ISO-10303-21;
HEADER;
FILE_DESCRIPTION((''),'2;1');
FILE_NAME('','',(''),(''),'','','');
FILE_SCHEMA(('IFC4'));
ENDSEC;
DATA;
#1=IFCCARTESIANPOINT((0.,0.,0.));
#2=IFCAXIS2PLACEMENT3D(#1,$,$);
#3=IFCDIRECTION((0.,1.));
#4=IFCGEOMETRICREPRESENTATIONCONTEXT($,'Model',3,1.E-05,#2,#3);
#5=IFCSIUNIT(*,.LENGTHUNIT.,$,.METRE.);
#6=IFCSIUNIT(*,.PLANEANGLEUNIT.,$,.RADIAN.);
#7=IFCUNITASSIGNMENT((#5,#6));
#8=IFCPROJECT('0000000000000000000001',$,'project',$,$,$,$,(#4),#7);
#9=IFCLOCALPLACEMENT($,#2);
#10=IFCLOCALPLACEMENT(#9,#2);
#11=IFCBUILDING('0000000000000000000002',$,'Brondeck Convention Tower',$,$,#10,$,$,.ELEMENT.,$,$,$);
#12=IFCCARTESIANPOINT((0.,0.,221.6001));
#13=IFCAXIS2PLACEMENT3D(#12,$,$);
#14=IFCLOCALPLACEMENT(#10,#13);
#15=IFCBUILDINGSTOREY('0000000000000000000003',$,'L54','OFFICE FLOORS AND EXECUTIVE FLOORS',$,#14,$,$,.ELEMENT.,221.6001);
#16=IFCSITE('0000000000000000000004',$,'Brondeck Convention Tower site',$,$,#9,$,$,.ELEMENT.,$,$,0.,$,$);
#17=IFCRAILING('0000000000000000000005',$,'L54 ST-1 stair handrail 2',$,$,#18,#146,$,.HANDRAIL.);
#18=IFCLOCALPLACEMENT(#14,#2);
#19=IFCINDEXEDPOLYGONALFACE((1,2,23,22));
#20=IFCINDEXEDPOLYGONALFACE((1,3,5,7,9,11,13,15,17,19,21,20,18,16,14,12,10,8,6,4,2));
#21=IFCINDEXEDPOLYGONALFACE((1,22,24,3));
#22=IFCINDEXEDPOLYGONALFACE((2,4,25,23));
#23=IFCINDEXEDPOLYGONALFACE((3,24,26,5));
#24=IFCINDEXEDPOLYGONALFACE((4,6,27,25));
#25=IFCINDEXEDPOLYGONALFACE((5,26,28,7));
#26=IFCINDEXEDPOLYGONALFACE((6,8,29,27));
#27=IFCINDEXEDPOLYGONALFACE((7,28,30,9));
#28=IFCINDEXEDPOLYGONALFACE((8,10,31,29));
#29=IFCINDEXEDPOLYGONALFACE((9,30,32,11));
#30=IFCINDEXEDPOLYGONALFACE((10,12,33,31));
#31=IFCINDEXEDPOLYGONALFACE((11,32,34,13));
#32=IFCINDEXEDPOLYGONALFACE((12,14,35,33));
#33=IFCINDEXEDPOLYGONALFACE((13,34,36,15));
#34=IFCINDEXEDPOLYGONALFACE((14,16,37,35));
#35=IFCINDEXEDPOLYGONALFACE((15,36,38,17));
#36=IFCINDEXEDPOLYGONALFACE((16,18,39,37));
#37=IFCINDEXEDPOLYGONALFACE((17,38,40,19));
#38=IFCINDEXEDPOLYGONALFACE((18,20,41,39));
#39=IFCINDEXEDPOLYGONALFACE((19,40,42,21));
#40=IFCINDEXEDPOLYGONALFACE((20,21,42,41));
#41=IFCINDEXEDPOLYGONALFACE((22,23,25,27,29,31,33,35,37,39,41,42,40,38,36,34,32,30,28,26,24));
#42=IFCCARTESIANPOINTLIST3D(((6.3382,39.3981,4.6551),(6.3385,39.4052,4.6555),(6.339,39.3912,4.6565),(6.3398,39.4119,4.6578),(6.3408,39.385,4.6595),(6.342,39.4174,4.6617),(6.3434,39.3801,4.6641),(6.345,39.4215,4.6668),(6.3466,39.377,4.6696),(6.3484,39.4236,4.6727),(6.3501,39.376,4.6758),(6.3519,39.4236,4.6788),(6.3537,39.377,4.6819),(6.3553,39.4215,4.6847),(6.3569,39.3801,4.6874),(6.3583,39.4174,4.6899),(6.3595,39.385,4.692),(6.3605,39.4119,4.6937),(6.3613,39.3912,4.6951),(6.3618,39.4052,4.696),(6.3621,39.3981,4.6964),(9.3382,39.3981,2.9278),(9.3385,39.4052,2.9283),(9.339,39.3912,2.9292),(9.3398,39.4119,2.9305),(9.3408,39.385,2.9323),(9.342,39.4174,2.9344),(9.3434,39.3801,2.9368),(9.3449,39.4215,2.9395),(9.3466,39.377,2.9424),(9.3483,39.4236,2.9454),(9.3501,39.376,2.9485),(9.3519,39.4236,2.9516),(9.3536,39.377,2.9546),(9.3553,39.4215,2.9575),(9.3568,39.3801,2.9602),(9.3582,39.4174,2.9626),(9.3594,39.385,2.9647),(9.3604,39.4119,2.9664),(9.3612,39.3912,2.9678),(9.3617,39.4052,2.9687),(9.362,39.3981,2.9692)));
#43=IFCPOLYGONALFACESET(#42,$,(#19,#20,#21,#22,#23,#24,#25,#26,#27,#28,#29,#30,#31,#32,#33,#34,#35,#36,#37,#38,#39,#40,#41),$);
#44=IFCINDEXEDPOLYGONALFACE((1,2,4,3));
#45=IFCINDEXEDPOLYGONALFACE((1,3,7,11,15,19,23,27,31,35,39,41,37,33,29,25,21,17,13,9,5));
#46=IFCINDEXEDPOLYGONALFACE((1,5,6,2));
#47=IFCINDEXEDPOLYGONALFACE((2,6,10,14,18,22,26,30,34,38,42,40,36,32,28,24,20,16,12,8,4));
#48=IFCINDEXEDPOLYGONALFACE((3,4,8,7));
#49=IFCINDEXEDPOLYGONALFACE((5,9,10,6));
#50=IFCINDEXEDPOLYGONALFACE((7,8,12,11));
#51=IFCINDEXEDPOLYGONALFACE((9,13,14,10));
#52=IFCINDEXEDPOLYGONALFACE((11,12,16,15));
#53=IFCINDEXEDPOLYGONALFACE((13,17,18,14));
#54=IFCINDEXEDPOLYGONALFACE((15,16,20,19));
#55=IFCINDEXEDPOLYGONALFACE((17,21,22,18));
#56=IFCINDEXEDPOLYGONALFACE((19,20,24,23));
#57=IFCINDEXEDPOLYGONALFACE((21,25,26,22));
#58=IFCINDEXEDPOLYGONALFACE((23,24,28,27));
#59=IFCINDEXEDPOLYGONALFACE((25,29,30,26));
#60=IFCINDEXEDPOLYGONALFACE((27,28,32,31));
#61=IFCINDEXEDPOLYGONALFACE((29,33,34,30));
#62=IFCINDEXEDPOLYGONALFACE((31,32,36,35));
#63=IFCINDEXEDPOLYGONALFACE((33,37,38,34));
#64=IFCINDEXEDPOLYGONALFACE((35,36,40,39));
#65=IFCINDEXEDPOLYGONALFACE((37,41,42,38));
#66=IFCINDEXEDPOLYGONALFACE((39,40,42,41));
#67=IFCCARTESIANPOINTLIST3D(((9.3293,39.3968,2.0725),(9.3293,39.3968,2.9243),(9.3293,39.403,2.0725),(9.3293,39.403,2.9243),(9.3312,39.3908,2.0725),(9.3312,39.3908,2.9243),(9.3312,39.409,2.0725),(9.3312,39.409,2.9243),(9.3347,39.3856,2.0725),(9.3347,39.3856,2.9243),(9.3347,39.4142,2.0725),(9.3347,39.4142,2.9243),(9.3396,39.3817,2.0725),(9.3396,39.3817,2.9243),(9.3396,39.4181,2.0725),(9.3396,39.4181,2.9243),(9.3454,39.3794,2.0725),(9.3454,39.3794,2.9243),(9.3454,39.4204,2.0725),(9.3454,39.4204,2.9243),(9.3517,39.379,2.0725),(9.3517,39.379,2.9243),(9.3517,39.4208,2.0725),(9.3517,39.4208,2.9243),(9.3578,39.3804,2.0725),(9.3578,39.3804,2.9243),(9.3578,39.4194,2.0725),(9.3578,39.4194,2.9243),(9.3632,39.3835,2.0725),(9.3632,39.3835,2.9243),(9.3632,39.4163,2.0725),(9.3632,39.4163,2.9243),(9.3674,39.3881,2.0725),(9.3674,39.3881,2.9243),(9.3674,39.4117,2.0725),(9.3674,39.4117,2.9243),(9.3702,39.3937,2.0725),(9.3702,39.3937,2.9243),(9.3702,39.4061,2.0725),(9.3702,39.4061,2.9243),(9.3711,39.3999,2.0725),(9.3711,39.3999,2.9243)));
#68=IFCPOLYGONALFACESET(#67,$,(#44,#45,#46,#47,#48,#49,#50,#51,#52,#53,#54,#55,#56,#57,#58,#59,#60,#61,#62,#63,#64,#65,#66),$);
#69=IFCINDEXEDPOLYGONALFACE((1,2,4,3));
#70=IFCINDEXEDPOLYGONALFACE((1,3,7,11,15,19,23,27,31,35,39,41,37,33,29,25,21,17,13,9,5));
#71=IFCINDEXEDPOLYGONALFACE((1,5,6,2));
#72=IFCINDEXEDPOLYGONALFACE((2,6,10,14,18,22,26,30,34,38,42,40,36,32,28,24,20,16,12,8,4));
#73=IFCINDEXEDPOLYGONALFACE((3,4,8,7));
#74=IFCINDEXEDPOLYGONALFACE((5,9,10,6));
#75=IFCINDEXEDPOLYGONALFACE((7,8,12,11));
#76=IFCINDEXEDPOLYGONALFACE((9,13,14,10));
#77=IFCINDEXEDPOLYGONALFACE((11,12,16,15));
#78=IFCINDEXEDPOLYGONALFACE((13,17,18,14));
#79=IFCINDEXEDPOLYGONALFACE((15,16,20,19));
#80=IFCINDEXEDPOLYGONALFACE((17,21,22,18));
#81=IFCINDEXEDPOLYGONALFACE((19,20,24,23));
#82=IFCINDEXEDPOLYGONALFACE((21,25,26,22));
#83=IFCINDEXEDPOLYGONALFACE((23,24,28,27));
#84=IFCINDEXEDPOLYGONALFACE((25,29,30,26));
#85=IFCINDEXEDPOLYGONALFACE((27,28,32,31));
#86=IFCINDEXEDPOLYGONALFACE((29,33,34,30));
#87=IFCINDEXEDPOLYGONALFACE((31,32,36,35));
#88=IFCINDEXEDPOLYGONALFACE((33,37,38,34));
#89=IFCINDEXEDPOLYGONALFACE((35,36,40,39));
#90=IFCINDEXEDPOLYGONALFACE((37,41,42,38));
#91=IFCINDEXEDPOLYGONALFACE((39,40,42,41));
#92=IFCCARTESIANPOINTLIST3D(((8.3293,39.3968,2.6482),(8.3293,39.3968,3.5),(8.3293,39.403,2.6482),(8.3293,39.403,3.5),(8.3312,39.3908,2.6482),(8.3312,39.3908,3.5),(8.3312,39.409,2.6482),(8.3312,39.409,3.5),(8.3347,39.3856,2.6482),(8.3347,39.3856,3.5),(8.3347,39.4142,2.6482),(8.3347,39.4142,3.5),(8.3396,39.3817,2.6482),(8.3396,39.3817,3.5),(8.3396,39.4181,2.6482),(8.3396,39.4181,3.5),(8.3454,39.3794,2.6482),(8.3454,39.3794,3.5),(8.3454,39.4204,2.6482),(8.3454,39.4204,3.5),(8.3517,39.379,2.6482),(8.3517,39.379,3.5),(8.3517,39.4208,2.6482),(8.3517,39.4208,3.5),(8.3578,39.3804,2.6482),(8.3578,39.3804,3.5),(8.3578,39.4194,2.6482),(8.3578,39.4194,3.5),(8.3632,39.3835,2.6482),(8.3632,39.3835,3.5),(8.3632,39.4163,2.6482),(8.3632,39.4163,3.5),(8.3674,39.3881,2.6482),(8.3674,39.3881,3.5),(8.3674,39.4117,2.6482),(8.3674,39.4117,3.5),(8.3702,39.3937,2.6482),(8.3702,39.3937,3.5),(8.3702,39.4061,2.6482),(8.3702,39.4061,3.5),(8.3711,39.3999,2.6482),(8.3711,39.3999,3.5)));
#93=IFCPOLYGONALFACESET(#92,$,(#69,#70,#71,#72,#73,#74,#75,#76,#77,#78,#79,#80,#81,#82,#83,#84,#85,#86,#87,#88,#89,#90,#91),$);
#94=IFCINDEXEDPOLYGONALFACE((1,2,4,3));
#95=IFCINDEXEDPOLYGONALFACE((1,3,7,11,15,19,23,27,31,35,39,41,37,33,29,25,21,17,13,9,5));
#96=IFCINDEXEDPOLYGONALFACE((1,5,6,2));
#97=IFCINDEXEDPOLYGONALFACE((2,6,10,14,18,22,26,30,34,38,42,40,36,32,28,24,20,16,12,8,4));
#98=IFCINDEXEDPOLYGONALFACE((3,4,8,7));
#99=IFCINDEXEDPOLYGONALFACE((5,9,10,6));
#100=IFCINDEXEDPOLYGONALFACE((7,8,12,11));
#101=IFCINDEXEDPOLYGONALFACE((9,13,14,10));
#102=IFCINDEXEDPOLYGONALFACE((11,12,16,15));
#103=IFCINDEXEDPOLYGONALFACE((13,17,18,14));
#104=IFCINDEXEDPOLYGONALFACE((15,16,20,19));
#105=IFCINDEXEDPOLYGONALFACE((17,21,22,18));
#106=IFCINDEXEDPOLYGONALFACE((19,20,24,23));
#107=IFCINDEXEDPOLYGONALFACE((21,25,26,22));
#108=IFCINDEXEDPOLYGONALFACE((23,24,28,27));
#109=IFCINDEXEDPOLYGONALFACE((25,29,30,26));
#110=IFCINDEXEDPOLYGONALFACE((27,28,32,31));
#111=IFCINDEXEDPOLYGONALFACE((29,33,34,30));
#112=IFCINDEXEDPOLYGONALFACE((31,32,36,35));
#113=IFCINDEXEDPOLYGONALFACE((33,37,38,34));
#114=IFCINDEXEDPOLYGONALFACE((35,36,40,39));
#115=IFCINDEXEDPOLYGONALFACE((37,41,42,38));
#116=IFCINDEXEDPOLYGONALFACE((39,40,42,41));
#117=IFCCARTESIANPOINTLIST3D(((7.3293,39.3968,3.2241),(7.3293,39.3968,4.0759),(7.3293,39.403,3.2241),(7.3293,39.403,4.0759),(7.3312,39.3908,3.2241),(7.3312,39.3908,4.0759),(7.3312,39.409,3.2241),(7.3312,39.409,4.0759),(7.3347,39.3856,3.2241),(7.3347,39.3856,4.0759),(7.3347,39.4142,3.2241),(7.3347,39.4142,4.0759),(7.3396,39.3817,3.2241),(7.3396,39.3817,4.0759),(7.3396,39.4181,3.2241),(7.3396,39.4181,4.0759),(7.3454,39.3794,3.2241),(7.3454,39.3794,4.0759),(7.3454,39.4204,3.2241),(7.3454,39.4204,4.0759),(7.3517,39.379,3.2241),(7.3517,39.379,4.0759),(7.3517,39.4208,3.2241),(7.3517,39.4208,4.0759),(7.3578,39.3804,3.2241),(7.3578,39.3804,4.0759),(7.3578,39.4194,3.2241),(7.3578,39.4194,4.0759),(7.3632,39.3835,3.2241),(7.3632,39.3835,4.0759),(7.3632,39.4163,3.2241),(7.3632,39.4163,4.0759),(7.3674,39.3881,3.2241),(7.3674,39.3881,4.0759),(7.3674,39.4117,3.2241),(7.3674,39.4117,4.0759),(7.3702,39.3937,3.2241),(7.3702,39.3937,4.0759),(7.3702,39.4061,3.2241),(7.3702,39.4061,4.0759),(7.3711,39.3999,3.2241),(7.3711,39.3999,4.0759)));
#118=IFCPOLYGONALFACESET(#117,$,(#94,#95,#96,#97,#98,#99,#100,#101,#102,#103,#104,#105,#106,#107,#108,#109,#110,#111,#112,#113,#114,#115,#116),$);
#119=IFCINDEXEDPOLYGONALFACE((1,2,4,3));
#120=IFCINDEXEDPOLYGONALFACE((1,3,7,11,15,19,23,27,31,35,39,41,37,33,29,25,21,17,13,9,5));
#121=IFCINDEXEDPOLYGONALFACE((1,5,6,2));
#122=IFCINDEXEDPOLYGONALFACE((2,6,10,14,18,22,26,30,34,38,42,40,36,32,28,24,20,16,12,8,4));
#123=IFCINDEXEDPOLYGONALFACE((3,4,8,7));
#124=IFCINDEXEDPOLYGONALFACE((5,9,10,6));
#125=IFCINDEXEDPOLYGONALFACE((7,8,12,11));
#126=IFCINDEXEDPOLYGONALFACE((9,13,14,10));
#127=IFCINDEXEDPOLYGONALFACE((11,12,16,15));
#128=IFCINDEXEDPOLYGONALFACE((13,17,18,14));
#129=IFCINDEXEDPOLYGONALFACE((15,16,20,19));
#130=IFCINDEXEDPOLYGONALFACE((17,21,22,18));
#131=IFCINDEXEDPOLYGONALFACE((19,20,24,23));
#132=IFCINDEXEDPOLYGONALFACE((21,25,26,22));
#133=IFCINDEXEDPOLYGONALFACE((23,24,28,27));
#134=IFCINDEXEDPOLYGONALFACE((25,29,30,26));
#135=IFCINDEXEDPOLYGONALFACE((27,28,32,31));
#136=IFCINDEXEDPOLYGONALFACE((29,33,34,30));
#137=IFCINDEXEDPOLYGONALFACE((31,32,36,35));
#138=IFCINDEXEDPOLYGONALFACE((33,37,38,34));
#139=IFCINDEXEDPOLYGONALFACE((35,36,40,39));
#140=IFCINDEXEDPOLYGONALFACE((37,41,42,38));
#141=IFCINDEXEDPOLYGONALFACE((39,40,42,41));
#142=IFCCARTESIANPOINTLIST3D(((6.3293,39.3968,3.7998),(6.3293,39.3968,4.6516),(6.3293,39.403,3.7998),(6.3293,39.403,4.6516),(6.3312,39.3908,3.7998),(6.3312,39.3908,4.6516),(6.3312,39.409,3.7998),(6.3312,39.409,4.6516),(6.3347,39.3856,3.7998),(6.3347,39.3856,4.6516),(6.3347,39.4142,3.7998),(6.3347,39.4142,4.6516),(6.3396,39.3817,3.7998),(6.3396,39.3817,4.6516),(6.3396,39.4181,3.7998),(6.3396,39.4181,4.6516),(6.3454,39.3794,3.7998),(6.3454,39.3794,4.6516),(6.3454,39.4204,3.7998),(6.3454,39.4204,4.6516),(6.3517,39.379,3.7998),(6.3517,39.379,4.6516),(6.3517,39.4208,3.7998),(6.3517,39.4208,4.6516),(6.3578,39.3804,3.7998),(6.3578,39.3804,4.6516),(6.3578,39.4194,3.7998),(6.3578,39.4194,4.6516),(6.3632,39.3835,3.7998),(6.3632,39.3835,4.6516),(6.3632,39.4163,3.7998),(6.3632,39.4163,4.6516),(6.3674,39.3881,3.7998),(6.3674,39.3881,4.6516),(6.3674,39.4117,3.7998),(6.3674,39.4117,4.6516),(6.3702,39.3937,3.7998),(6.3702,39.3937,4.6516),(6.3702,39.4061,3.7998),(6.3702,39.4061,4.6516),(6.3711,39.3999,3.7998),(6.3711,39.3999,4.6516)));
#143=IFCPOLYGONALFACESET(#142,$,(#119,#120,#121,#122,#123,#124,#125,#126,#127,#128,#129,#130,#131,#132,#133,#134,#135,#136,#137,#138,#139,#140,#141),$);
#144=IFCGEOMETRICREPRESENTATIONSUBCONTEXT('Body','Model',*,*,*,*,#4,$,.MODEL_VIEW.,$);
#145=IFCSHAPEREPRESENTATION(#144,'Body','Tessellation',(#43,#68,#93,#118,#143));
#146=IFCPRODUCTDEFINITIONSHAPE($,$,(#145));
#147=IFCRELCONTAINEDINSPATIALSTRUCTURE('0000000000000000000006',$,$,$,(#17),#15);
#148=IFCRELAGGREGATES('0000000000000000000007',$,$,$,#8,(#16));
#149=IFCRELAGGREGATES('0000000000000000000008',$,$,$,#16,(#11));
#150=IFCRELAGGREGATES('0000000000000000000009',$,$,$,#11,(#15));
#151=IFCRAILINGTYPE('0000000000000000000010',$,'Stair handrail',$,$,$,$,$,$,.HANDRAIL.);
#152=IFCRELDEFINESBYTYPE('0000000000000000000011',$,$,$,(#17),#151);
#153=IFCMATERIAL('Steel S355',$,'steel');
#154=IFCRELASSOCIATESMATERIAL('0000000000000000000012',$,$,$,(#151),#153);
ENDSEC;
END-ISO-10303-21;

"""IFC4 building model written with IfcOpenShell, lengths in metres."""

from ifc_helpers import new_model, si_unit, direction, frame, origin, origin_2d, place, context, subcontext, project, spatial, circle, extrude, material, type_object, element, save


model = new_model("IFC4")

# Units and contexts
model_context = context("Model", 3, precision=1e-05, world=origin(), true_north=direction((0.0, 1.0)))
body_context = subcontext(model_context, "Body", "Model", "MODEL_VIEW")
ifc_project = project(units=[si_unit("LENGTHUNIT", "METRE"), si_unit("PLANEANGLEUNIT", "RADIAN")], contexts=[model_context])

# Site, building, storey
site_placement = place(None, origin())
site = spatial("IfcSite", under=ifc_project, at=site_placement, Name="Brondeck Convention Tower site", CompositionType="ELEMENT", RefElevation=0.0)
building_placement = place(site_placement, origin())
building = spatial("IfcBuilding", under=site, at=building_placement, Name="Brondeck Convention Tower", CompositionType="ELEMENT")
storey_placement = place(building_placement, frame((0.0, 0.0, 221.6001)))
storey = spatial("IfcBuildingStorey", under=building, at=storey_placement, Name="L54", Description="OFFICE FLOORS AND EXECUTIVE FLOORS", CompositionType="ELEMENT", Elevation=221.6001)

# Shared definitions
ifc_material_1 = material(Name="Steel S355", Category="steel")

# Railing
railing_type_1 = type_object("IfcRailingType", Name="Stair handrail", PredefinedType="HANDRAIL", material=ifc_material_1)
railing_1_placement = place(storey_placement, frame((9.3501, 39.3999, 2.0725)))
element("IfcRailing", 1, at=railing_1_placement, inside=storey, type_object=railing_type_1, Name="L54 ST-1 stair handrail 2", PredefinedType="HANDRAIL", context=body_context, shape_type="SweptSolid", body=[
    extrude(circle(Radius=0.0239, at=origin_2d()), frame((0.0, 0.0, 0.876), z_axis=(-0.86662, 0.0, 0.498969), x_axis=(0.0, -1.0, 0.0)), (0.0, 0.0, 1.0), 3.4617),
    extrude(circle(Radius=0.021, at=origin_2d()), origin(), (0.0, 0.0, 1.0), 0.8518),
    extrude(circle(Radius=0.021, at=origin_2d()), frame((-1.0, 0.0, 0.5757)), (0.0, 0.0, 1.0), 0.8518),
    extrude(circle(Radius=0.021, at=origin_2d()), frame((-2.0, 0.0, 1.1516)), (0.0, 0.0, 1.0), 0.8518),
    extrude(circle(Radius=0.021, at=origin_2d()), frame((-3.0, 0.0, 1.7273)), (0.0, 0.0, 1.0), 0.8518),
])

save(model, "model.ifc")
